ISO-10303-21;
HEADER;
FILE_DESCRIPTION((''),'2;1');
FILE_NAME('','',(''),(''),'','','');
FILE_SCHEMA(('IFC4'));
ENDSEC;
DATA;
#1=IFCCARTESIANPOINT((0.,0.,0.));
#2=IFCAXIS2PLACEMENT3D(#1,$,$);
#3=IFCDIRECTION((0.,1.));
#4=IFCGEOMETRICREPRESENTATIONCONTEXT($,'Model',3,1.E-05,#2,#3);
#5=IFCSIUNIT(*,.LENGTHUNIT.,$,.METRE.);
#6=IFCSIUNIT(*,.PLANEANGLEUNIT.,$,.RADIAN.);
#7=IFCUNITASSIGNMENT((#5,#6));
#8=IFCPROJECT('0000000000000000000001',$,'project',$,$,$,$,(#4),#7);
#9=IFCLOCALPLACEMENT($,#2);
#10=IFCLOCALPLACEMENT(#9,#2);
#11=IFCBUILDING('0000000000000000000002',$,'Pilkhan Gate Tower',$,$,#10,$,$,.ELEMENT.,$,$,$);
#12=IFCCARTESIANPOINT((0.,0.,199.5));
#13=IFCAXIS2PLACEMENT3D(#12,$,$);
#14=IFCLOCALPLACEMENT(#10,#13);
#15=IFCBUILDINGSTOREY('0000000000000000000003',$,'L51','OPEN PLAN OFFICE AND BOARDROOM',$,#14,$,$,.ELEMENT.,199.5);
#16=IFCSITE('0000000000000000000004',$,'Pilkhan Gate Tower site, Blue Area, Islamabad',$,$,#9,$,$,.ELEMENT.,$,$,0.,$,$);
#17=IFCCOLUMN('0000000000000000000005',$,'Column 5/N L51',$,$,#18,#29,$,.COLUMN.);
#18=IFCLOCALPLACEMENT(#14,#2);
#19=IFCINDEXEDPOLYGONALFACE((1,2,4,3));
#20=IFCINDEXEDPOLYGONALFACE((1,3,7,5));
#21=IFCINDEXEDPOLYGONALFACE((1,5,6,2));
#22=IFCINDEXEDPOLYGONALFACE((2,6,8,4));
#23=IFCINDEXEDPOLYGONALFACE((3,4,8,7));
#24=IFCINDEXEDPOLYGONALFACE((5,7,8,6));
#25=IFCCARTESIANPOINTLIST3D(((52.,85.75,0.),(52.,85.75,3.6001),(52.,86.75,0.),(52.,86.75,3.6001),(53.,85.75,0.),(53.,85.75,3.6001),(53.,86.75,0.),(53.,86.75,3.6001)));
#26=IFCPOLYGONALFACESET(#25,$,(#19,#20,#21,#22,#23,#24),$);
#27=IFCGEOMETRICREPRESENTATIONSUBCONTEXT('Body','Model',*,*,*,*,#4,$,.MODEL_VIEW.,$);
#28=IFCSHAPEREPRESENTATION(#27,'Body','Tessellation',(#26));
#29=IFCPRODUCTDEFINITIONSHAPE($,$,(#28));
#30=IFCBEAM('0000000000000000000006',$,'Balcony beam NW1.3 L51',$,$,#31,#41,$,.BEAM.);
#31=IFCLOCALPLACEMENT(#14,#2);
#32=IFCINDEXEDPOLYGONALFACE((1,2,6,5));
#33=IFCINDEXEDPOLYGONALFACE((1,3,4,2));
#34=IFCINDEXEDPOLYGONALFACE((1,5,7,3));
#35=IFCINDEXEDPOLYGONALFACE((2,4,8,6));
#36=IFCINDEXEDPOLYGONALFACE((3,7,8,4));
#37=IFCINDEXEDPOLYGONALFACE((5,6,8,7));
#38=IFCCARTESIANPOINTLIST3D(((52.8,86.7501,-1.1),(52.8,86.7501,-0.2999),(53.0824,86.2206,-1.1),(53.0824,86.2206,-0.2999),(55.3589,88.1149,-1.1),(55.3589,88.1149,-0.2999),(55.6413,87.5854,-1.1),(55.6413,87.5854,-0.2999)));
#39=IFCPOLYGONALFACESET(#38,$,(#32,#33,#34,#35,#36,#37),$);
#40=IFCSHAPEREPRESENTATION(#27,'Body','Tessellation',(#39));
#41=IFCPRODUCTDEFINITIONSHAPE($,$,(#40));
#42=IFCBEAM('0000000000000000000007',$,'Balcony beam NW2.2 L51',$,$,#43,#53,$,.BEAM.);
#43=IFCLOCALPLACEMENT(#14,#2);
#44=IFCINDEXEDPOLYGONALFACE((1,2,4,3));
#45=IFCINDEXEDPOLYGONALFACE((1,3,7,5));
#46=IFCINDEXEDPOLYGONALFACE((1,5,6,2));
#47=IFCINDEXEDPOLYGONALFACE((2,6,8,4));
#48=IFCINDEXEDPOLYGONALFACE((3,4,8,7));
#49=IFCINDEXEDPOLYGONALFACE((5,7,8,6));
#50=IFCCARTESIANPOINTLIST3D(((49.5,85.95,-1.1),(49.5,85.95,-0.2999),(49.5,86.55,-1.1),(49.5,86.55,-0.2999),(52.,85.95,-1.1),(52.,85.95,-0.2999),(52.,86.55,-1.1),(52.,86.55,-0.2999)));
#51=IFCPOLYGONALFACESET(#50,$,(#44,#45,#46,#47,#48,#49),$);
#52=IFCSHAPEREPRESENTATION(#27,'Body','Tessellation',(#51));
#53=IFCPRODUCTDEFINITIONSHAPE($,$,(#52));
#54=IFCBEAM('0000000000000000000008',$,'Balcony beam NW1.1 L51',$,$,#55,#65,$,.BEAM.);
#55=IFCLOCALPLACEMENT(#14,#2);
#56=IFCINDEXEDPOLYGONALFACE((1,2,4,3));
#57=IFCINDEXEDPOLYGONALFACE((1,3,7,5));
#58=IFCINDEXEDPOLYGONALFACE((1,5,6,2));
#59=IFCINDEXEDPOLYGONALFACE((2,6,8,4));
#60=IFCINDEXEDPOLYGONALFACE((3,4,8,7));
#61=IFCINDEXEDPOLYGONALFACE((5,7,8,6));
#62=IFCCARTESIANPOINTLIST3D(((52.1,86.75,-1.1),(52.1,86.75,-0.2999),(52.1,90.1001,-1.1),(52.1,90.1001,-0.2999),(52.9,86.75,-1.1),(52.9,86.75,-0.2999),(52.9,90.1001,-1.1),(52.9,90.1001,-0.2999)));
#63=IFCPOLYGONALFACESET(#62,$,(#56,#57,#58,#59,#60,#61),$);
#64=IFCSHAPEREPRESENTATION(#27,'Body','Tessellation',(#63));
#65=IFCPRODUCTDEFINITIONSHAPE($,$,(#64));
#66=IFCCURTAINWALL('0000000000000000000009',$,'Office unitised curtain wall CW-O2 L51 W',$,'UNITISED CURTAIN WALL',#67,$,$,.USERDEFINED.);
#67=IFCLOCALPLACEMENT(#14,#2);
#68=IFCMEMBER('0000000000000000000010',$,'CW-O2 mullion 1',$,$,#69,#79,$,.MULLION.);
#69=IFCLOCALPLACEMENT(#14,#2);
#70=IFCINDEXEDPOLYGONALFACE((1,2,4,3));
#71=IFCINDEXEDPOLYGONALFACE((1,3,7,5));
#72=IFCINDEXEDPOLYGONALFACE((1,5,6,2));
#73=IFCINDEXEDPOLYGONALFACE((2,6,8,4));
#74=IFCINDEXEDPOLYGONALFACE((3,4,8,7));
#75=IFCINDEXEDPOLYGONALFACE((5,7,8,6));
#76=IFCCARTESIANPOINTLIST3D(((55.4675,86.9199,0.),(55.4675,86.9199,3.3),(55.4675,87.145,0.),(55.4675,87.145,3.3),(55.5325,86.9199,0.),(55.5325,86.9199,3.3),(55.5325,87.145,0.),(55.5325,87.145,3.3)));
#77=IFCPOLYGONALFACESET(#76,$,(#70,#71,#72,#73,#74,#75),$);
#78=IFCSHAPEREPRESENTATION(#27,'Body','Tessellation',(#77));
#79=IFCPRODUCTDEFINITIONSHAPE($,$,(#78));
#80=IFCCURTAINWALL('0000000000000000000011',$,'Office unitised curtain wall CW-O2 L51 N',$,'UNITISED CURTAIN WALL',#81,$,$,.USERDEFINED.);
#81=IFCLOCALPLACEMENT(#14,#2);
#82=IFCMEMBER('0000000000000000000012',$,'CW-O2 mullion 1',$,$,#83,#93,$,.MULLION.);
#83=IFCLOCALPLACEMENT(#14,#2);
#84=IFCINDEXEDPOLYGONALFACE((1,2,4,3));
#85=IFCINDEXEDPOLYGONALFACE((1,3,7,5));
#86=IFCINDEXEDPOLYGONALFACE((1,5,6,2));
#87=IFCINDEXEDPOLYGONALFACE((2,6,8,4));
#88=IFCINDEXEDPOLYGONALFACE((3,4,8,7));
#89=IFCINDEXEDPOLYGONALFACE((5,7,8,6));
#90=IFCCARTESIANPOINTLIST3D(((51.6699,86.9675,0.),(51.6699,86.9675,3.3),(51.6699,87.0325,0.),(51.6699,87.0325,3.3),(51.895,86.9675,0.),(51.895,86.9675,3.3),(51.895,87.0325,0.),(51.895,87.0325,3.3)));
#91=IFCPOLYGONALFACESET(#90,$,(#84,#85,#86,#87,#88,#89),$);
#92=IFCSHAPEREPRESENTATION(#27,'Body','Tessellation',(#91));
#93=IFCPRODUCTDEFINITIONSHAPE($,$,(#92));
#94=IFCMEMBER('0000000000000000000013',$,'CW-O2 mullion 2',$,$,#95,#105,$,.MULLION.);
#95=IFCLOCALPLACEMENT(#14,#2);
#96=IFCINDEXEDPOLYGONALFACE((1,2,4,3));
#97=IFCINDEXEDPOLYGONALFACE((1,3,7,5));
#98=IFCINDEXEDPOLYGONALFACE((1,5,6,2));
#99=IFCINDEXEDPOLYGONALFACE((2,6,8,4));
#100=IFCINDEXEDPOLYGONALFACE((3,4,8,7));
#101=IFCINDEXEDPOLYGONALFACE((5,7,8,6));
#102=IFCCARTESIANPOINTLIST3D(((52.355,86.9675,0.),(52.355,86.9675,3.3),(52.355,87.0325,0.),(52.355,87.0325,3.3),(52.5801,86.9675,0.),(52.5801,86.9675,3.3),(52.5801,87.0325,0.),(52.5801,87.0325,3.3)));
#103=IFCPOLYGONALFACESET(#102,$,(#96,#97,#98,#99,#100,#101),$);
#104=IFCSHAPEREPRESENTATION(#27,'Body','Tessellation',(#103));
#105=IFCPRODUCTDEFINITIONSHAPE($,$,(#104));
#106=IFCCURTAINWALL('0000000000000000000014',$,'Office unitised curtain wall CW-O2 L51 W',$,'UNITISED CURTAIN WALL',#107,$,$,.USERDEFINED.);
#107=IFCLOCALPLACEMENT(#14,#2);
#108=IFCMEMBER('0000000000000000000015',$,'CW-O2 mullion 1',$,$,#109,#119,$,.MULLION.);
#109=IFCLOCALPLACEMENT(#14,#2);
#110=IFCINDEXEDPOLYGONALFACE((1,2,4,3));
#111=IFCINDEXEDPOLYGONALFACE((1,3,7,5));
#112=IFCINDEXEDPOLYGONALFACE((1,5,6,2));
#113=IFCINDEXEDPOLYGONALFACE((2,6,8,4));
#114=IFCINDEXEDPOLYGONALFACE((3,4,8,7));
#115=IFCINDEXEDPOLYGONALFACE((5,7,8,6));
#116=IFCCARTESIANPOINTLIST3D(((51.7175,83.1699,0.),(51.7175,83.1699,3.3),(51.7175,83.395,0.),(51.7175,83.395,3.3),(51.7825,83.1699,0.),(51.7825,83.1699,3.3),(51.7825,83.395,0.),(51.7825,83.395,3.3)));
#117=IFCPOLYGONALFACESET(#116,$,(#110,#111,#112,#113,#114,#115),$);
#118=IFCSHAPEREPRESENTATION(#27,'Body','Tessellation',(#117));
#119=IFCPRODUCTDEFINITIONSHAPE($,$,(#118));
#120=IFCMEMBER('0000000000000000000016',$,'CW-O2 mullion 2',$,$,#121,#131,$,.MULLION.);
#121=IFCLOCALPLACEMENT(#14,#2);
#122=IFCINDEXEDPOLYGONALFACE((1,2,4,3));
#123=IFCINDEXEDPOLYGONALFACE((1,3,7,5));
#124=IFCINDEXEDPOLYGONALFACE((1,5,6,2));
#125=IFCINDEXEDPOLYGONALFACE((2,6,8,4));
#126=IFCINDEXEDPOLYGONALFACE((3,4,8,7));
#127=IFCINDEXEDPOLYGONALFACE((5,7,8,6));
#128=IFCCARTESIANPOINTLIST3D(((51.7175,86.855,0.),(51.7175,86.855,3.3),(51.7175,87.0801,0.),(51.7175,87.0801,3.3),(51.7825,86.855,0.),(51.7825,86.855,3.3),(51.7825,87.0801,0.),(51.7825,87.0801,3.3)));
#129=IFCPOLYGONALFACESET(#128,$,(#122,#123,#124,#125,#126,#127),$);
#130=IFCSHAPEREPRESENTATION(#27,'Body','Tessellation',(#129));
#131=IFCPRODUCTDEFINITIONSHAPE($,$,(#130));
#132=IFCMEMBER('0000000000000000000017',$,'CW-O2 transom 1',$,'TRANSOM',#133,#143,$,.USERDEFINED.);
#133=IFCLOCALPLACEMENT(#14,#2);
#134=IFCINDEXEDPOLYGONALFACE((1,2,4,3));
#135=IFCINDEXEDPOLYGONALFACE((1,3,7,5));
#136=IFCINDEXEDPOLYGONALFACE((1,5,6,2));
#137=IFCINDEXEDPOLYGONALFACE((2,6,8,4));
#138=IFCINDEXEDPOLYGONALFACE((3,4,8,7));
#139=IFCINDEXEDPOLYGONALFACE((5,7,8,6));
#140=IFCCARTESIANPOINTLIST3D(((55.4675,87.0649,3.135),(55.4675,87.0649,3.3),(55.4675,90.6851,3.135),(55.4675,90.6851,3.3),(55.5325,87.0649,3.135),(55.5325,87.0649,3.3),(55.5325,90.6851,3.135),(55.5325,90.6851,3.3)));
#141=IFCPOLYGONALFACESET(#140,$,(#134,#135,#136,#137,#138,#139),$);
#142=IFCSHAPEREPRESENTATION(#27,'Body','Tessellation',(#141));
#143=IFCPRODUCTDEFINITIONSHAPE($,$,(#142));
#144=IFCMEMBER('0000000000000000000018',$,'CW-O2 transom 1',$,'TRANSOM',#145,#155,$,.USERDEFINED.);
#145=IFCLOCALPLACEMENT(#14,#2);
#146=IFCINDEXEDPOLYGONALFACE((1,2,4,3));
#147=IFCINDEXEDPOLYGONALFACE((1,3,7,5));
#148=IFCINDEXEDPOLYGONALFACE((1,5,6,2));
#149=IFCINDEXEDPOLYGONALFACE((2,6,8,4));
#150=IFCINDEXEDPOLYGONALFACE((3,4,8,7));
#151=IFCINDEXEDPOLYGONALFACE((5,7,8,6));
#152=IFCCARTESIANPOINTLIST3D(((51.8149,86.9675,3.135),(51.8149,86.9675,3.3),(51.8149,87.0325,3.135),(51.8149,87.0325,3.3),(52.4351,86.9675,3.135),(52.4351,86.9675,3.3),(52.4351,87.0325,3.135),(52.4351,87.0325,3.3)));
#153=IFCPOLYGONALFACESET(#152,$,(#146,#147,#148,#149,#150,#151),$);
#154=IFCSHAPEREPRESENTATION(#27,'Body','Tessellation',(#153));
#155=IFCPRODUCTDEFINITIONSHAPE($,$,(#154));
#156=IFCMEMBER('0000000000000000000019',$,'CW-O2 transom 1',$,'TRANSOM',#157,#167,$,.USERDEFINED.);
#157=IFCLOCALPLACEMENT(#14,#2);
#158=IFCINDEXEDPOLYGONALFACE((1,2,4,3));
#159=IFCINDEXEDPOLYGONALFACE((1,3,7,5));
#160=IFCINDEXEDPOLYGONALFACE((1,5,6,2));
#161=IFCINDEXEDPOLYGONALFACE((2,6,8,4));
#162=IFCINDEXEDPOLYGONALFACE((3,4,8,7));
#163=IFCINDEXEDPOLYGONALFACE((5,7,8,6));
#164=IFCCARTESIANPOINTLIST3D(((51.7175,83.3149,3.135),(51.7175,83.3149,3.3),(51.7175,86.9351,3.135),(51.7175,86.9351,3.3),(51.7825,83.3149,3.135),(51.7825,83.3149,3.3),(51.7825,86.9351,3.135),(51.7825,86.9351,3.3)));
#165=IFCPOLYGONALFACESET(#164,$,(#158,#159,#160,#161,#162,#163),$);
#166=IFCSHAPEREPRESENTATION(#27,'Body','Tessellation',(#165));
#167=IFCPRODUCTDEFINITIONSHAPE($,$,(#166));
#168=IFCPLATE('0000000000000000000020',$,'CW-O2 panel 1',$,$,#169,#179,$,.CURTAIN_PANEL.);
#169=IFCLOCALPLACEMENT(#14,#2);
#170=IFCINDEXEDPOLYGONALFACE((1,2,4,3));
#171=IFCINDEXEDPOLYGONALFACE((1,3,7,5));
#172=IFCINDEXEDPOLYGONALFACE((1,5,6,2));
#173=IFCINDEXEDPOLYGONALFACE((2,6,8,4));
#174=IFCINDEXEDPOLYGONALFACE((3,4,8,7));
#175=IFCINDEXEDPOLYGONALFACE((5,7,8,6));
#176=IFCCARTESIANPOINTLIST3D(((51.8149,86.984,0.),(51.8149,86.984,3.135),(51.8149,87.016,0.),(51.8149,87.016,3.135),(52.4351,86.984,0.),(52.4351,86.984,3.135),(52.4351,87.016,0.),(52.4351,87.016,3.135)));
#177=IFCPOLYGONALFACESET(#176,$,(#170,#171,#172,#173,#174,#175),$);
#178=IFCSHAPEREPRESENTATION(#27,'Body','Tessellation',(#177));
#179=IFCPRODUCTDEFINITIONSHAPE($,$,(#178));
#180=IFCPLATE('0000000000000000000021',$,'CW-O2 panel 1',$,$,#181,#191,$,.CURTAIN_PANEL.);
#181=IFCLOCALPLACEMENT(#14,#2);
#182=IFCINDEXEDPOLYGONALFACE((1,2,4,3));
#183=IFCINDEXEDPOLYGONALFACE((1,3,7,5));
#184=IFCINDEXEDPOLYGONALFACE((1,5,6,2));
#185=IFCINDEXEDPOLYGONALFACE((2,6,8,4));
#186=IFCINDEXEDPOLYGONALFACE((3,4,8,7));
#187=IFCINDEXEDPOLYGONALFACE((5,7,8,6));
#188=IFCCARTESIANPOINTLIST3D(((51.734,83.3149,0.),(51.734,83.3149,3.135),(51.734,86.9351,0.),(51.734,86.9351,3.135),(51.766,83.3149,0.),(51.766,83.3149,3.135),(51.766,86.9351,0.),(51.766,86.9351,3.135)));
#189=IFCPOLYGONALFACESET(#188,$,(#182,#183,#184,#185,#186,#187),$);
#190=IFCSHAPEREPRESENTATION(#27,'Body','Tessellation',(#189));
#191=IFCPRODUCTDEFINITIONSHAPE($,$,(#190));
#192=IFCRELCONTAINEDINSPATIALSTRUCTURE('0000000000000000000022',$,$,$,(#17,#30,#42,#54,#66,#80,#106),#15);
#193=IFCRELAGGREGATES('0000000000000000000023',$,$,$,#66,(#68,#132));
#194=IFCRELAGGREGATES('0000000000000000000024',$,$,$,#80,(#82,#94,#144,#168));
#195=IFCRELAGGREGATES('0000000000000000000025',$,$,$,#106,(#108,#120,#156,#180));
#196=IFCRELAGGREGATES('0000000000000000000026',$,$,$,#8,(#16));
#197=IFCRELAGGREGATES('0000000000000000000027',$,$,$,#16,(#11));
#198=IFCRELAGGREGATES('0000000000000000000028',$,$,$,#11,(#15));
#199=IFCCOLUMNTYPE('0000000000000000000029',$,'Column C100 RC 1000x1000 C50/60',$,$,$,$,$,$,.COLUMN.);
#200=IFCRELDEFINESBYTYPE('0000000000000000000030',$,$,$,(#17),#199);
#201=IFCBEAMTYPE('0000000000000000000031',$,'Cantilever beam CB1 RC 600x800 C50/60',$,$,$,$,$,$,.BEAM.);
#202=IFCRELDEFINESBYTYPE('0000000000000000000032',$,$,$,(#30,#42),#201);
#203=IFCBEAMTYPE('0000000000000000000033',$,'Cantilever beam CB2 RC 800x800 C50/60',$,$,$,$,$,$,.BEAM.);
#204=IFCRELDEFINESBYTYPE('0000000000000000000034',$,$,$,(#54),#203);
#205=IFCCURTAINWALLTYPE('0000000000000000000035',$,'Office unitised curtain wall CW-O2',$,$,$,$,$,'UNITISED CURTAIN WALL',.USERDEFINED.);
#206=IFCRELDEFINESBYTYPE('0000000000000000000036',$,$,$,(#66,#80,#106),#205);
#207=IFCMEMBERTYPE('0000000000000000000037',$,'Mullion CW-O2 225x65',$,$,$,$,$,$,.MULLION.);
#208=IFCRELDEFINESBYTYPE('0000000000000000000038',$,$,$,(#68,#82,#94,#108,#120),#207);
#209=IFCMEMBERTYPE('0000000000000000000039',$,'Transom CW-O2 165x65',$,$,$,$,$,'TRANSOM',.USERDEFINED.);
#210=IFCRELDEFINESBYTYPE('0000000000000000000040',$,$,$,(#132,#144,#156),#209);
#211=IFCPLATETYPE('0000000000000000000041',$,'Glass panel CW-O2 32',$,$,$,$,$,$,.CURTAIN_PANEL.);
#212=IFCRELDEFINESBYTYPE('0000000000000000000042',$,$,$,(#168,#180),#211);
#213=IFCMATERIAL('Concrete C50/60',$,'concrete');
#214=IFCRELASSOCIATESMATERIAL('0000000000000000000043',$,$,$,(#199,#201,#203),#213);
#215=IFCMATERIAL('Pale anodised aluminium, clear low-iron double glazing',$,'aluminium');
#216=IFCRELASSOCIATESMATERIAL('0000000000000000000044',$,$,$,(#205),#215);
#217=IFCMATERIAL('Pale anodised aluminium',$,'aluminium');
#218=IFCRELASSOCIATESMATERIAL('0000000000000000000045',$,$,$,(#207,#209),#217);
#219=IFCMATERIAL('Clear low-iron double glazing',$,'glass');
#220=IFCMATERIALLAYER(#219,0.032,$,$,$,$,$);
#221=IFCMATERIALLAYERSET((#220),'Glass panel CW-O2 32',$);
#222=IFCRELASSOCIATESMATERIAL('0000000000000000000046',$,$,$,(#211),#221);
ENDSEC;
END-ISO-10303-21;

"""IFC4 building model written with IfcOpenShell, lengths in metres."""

from ifc_helpers import new_model, si_unit, direction, frame, origin, origin_2d, place, context, subcontext, project, spatial, rectangle, extrude, material, layer, layer_set, material_profile, profile_set, type_object, element, aggregate, save


model = new_model("IFC4")

# Units and contexts
model_context = context("Model", 3, precision=1e-05, world=origin(), true_north=direction((0.0, 1.0)))
body_context = subcontext(model_context, "Body", "Model", "MODEL_VIEW")
ifc_project = project(units=[si_unit("LENGTHUNIT", "METRE"), si_unit("PLANEANGLEUNIT", "RADIAN")], contexts=[model_context])

# Site, building, storey
site_placement = place(None, origin())
site = spatial("IfcSite", under=ifc_project, at=site_placement, Name="Pilkhan Gate Tower site, Blue Area, Islamabad", CompositionType="ELEMENT", RefElevation=0.0)
building_placement = place(site_placement, origin())
building = spatial("IfcBuilding", under=site, at=building_placement, Name="Pilkhan Gate Tower", CompositionType="ELEMENT")
storey_placement = place(building_placement, frame((0.0, 0.0, 199.5)))
storey = spatial("IfcBuildingStorey", under=building, at=storey_placement, Name="L51", Description="OPEN PLAN OFFICE AND BOARDROOM", CompositionType="ELEMENT", Elevation=199.5)

# Column
ifc_material_1 = material(Name="Concrete C50/60", Category="concrete")
ifc_material_profile_1 = material_profile(ifc_material_1, rectangle(XDim=1.0, YDim=1.0, at=origin_2d()), Name="RC 1000x1000")
ifc_profile_set_1 = profile_set([ifc_material_profile_1], Name="Concrete C50/60")
column_type = type_object("IfcColumnType", Name="Column C100 RC 1000x1000 C50/60", PredefinedType="COLUMN", material=ifc_profile_set_1)
column_placement = place(storey_placement, frame((52.5, 86.25, 0.0), z_axis=(0.0, 0.0, 1.0), x_axis=(1.0, 0.0, 0.0)))
element("IfcColumn", 1, at=column_placement, inside=storey, type_object=column_type, Name="Column 5/N L51", PredefinedType="COLUMN", context=body_context, shape_type="SweptSolid", body=[
    extrude(rectangle(XDim=1.0, YDim=1.0, at=origin_2d()), origin(), (0.0, 0.0, 1.0), 3.6001),
])

# Beams
ifc_material_profile_2 = material_profile(ifc_material_1, rectangle(XDim=0.6001, YDim=0.8, at=origin_2d()), Name="RC 600x800")
ifc_profile_set_2 = profile_set([ifc_material_profile_2], Name="Concrete C50/60")
beam_type_1 = type_object("IfcBeamType", Name="Cantilever beam CB1 RC 600x800 C50/60", PredefinedType="BEAM", material=ifc_profile_set_2)
beam_1_placement = place(storey_placement, frame((52.9412, 86.4854, -0.7), z_axis=(0.882348, 0.470597, 0.0), x_axis=(-0.470597, 0.882348, 0.0)))
element("IfcBeam", 2, at=beam_1_placement, inside=storey, type_object=beam_type_1, Name="Balcony beam NW1.3 L51", PredefinedType="BEAM", context=body_context, shape_type="SweptSolid", body=[
    extrude(rectangle(XDim=0.6001, YDim=0.8, at=origin_2d()), origin(), (0.0, 0.0, 1.0), 2.9001),
])
beam_2_placement = place(storey_placement, frame((52.0, 86.25, -0.7), z_axis=(-1.0, 0.0, 0.0), x_axis=(0.0, -1.0, 0.0)))
element("IfcBeam", 3, at=beam_2_placement, inside=storey, type_object=beam_type_1, Name="Balcony beam NW2.2 L51", PredefinedType="BEAM", context=body_context, shape_type="SweptSolid", body=[
    extrude(rectangle(XDim=0.6001, YDim=0.8, at=origin_2d()), origin(), (0.0, 0.0, 1.0), 2.5),
])
ifc_material_profile_3 = material_profile(ifc_material_1, rectangle(XDim=0.8, YDim=0.8, at=origin_2d()), Name="RC 800x800")
ifc_profile_set_3 = profile_set([ifc_material_profile_3], Name="Concrete C50/60")
beam_type_2 = type_object("IfcBeamType", Name="Cantilever beam CB2 RC 800x800 C50/60", PredefinedType="BEAM", material=ifc_profile_set_3)
beam_3_placement = place(storey_placement, frame((52.5, 86.75, -0.7), z_axis=(0.0, 1.0, 0.0), x_axis=(-1.0, 0.0, 0.0)))
element("IfcBeam", 4, at=beam_3_placement, inside=storey, type_object=beam_type_2, Name="Balcony beam NW1.1 L51", PredefinedType="BEAM", context=body_context, shape_type="SweptSolid", body=[
    extrude(rectangle(XDim=0.8, YDim=0.8, at=origin_2d()), origin(), (0.0, 0.0, 1.0), 3.3501),
])

# Curtain wall, member
ifc_material_2 = material(Name="Pale anodised aluminium, clear low-iron double glazing", Category="aluminium")
curtain_wall_type = type_object("IfcCurtainWallType", Name="Office unitised curtain wall CW-O2", ElementType="UNITISED CURTAIN WALL", PredefinedType="USERDEFINED", material=ifc_material_2)
curtain_wall_1_placement = place(storey_placement, origin())
curtain_wall_1 = element("IfcCurtainWall", 5, at=curtain_wall_1_placement, inside=storey, type_object=curtain_wall_type, Name="Office unitised curtain wall CW-O2 L51 W", ObjectType="UNITISED CURTAIN WALL", PredefinedType="USERDEFINED")
ifc_material_3 = material(Name="Pale anodised aluminium", Category="aluminium")
ifc_material_profile_4 = material_profile(ifc_material_3, rectangle(XDim=0.0649, YDim=0.2251, at=origin_2d()), Name="Mullion 225x65")
ifc_profile_set_4 = profile_set([ifc_material_profile_4], Name="Pale anodised aluminium")
member_type_1 = type_object("IfcMemberType", Name="Mullion CW-O2 225x65", PredefinedType="MULLION", material=ifc_profile_set_4)
member_1_placement = place(storey_placement, frame((55.5, 87.0325, 0.0), z_axis=(0.0, 0.0, 1.0), x_axis=(-1.0, 0.0, 0.0)))
member_1 = element("IfcMember", 6, at=member_1_placement, type_object=member_type_1, Name="CW-O2 mullion 1", PredefinedType="MULLION", context=body_context, shape_type="SweptSolid", body=[
    extrude(rectangle(XDim=0.0649, YDim=0.2251, at=origin_2d()), origin(), (0.0, 0.0, 1.0), 3.3),
])

# Curtain walls, members
curtain_wall_2_placement = place(storey_placement, origin())
curtain_wall_2 = element("IfcCurtainWall", 7, at=curtain_wall_2_placement, inside=storey, type_object=curtain_wall_type, Name="Office unitised curtain wall CW-O2 L51 N", ObjectType="UNITISED CURTAIN WALL", PredefinedType="USERDEFINED")
member_2_placement = place(storey_placement, frame((51.7825, 87.0, 0.0), z_axis=(0.0, 0.0, 1.0), x_axis=(0.0, 1.0, 0.0)))
member_2 = element("IfcMember", 8, at=member_2_placement, type_object=member_type_1, Name="CW-O2 mullion 1", PredefinedType="MULLION", context=body_context, shape_type="SweptSolid", body=[
    extrude(rectangle(XDim=0.0649, YDim=0.2251, at=origin_2d()), origin(), (0.0, 0.0, 1.0), 3.3),
])
member_3_placement = place(storey_placement, frame((52.4675, 87.0, 0.0), z_axis=(0.0, 0.0, 1.0), x_axis=(0.0, 1.0, 0.0)))
member_3 = element("IfcMember", 9, at=member_3_placement, type_object=member_type_1, Name="CW-O2 mullion 2", PredefinedType="MULLION", context=body_context, shape_type="SweptSolid", body=[
    extrude(rectangle(XDim=0.0649, YDim=0.2251, at=origin_2d()), origin(), (0.0, 0.0, 1.0), 3.3),
])
curtain_wall_3_placement = place(storey_placement, origin())
curtain_wall_3 = element("IfcCurtainWall", 10, at=curtain_wall_3_placement, inside=storey, type_object=curtain_wall_type, Name="Office unitised curtain wall CW-O2 L51 W", ObjectType="UNITISED CURTAIN WALL", PredefinedType="USERDEFINED")
member_4_placement = place(storey_placement, frame((51.75, 83.2825, 0.0), z_axis=(0.0, 0.0, 1.0), x_axis=(-1.0, 0.0, 0.0)))
member_4 = element("IfcMember", 11, at=member_4_placement, type_object=member_type_1, Name="CW-O2 mullion 1", PredefinedType="MULLION", context=body_context, shape_type="SweptSolid", body=[
    extrude(rectangle(XDim=0.0649, YDim=0.2251, at=origin_2d()), origin(), (0.0, 0.0, 1.0), 3.3),
])
member_5_placement = place(storey_placement, frame((51.75, 86.9675, 0.0), z_axis=(0.0, 0.0, 1.0), x_axis=(-1.0, 0.0, 0.0)))
member_5 = element("IfcMember", 12, at=member_5_placement, type_object=member_type_1, Name="CW-O2 mullion 2", PredefinedType="MULLION", context=body_context, shape_type="SweptSolid", body=[
    extrude(rectangle(XDim=0.0649, YDim=0.2251, at=origin_2d()), origin(), (0.0, 0.0, 1.0), 3.3),
])

# Members
ifc_material_profile_5 = material_profile(ifc_material_3, rectangle(XDim=0.0649, YDim=0.165, at=origin_2d()), Name="Transom 165x65")
ifc_profile_set_5 = profile_set([ifc_material_profile_5], Name="Pale anodised aluminium")
member_type_2 = type_object("IfcMemberType", Name="Transom CW-O2 165x65", ElementType="TRANSOM", PredefinedType="USERDEFINED", material=ifc_profile_set_5)
member_6_placement = place(storey_placement, frame((55.5, 87.0649, 3.2175), z_axis=(0.0, 1.0, 0.0), x_axis=(-1.0, 0.0, 0.0)))
member_6 = element("IfcMember", 13, at=member_6_placement, type_object=member_type_2, Name="CW-O2 transom 1", ObjectType="TRANSOM", PredefinedType="USERDEFINED", context=body_context, shape_type="SweptSolid", body=[
    extrude(rectangle(XDim=0.0649, YDim=0.165, at=origin_2d()), origin(), (0.0, 0.0, 1.0), 3.6201),
])
aggregate(curtain_wall_1, [member_1, member_6])
member_7_placement = place(storey_placement, frame((51.8149, 87.0, 3.2175), z_axis=(1.0, 0.0, 0.0), x_axis=(0.0, 1.0, 0.0)))
member_7 = element("IfcMember", 14, at=member_7_placement, type_object=member_type_2, Name="CW-O2 transom 1", ObjectType="TRANSOM", PredefinedType="USERDEFINED", context=body_context, shape_type="SweptSolid", body=[
    extrude(rectangle(XDim=0.0649, YDim=0.165, at=origin_2d()), origin(), (0.0, 0.0, 1.0), 0.6201),
])
member_8_placement = place(storey_placement, frame((51.75, 83.3149, 3.2175), z_axis=(0.0, 1.0, 0.0), x_axis=(-1.0, 0.0, 0.0)))
member_8 = element("IfcMember", 15, at=member_8_placement, type_object=member_type_2, Name="CW-O2 transom 1", ObjectType="TRANSOM", PredefinedType="USERDEFINED", context=body_context, shape_type="SweptSolid", body=[
    extrude(rectangle(XDim=0.0649, YDim=0.165, at=origin_2d()), origin(), (0.0, 0.0, 1.0), 3.6201),
])

# Plates
ifc_material_4 = material(Name="Clear low-iron double glazing", Category="glass")
ifc_layer_1 = layer(ifc_material_4, 0.032)
ifc_layer_set_1 = layer_set([ifc_layer_1], Name="Glass panel CW-O2 32")
plate_type = type_object("IfcPlateType", Name="Glass panel CW-O2 32", PredefinedType="CURTAIN_PANEL", material=ifc_layer_set_1)
plate_1_placement = place(storey_placement, frame((52.125, 87.0, 0.0), z_axis=(0.0, 0.0, 1.0), x_axis=(1.0, 0.0, 0.0)))
plate_1 = element("IfcPlate", 16, at=plate_1_placement, type_object=plate_type, Name="CW-O2 panel 1", PredefinedType="CURTAIN_PANEL", context=body_context, shape_type="SweptSolid", body=[
    extrude(rectangle(XDim=0.6201, YDim=0.032, at=origin_2d()), origin(), (0.0, 0.0, 1.0), 3.135),
])
aggregate(curtain_wall_2, [member_2, member_3, member_7, plate_1])
plate_2_placement = place(storey_placement, frame((51.75, 85.125, 0.0), z_axis=(0.0, 0.0, 1.0), x_axis=(0.0, 1.0, 0.0)))
plate_2 = element("IfcPlate", 17, at=plate_2_placement, type_object=plate_type, Name="CW-O2 panel 1", PredefinedType="CURTAIN_PANEL", context=body_context, shape_type="SweptSolid", body=[
    extrude(rectangle(XDim=3.6201, YDim=0.032, at=origin_2d()), origin(), (0.0, 0.0, 1.0), 3.135),
])
aggregate(curtain_wall_3, [member_4, member_5, member_8, plate_2])

save(model, "model.ifc")
